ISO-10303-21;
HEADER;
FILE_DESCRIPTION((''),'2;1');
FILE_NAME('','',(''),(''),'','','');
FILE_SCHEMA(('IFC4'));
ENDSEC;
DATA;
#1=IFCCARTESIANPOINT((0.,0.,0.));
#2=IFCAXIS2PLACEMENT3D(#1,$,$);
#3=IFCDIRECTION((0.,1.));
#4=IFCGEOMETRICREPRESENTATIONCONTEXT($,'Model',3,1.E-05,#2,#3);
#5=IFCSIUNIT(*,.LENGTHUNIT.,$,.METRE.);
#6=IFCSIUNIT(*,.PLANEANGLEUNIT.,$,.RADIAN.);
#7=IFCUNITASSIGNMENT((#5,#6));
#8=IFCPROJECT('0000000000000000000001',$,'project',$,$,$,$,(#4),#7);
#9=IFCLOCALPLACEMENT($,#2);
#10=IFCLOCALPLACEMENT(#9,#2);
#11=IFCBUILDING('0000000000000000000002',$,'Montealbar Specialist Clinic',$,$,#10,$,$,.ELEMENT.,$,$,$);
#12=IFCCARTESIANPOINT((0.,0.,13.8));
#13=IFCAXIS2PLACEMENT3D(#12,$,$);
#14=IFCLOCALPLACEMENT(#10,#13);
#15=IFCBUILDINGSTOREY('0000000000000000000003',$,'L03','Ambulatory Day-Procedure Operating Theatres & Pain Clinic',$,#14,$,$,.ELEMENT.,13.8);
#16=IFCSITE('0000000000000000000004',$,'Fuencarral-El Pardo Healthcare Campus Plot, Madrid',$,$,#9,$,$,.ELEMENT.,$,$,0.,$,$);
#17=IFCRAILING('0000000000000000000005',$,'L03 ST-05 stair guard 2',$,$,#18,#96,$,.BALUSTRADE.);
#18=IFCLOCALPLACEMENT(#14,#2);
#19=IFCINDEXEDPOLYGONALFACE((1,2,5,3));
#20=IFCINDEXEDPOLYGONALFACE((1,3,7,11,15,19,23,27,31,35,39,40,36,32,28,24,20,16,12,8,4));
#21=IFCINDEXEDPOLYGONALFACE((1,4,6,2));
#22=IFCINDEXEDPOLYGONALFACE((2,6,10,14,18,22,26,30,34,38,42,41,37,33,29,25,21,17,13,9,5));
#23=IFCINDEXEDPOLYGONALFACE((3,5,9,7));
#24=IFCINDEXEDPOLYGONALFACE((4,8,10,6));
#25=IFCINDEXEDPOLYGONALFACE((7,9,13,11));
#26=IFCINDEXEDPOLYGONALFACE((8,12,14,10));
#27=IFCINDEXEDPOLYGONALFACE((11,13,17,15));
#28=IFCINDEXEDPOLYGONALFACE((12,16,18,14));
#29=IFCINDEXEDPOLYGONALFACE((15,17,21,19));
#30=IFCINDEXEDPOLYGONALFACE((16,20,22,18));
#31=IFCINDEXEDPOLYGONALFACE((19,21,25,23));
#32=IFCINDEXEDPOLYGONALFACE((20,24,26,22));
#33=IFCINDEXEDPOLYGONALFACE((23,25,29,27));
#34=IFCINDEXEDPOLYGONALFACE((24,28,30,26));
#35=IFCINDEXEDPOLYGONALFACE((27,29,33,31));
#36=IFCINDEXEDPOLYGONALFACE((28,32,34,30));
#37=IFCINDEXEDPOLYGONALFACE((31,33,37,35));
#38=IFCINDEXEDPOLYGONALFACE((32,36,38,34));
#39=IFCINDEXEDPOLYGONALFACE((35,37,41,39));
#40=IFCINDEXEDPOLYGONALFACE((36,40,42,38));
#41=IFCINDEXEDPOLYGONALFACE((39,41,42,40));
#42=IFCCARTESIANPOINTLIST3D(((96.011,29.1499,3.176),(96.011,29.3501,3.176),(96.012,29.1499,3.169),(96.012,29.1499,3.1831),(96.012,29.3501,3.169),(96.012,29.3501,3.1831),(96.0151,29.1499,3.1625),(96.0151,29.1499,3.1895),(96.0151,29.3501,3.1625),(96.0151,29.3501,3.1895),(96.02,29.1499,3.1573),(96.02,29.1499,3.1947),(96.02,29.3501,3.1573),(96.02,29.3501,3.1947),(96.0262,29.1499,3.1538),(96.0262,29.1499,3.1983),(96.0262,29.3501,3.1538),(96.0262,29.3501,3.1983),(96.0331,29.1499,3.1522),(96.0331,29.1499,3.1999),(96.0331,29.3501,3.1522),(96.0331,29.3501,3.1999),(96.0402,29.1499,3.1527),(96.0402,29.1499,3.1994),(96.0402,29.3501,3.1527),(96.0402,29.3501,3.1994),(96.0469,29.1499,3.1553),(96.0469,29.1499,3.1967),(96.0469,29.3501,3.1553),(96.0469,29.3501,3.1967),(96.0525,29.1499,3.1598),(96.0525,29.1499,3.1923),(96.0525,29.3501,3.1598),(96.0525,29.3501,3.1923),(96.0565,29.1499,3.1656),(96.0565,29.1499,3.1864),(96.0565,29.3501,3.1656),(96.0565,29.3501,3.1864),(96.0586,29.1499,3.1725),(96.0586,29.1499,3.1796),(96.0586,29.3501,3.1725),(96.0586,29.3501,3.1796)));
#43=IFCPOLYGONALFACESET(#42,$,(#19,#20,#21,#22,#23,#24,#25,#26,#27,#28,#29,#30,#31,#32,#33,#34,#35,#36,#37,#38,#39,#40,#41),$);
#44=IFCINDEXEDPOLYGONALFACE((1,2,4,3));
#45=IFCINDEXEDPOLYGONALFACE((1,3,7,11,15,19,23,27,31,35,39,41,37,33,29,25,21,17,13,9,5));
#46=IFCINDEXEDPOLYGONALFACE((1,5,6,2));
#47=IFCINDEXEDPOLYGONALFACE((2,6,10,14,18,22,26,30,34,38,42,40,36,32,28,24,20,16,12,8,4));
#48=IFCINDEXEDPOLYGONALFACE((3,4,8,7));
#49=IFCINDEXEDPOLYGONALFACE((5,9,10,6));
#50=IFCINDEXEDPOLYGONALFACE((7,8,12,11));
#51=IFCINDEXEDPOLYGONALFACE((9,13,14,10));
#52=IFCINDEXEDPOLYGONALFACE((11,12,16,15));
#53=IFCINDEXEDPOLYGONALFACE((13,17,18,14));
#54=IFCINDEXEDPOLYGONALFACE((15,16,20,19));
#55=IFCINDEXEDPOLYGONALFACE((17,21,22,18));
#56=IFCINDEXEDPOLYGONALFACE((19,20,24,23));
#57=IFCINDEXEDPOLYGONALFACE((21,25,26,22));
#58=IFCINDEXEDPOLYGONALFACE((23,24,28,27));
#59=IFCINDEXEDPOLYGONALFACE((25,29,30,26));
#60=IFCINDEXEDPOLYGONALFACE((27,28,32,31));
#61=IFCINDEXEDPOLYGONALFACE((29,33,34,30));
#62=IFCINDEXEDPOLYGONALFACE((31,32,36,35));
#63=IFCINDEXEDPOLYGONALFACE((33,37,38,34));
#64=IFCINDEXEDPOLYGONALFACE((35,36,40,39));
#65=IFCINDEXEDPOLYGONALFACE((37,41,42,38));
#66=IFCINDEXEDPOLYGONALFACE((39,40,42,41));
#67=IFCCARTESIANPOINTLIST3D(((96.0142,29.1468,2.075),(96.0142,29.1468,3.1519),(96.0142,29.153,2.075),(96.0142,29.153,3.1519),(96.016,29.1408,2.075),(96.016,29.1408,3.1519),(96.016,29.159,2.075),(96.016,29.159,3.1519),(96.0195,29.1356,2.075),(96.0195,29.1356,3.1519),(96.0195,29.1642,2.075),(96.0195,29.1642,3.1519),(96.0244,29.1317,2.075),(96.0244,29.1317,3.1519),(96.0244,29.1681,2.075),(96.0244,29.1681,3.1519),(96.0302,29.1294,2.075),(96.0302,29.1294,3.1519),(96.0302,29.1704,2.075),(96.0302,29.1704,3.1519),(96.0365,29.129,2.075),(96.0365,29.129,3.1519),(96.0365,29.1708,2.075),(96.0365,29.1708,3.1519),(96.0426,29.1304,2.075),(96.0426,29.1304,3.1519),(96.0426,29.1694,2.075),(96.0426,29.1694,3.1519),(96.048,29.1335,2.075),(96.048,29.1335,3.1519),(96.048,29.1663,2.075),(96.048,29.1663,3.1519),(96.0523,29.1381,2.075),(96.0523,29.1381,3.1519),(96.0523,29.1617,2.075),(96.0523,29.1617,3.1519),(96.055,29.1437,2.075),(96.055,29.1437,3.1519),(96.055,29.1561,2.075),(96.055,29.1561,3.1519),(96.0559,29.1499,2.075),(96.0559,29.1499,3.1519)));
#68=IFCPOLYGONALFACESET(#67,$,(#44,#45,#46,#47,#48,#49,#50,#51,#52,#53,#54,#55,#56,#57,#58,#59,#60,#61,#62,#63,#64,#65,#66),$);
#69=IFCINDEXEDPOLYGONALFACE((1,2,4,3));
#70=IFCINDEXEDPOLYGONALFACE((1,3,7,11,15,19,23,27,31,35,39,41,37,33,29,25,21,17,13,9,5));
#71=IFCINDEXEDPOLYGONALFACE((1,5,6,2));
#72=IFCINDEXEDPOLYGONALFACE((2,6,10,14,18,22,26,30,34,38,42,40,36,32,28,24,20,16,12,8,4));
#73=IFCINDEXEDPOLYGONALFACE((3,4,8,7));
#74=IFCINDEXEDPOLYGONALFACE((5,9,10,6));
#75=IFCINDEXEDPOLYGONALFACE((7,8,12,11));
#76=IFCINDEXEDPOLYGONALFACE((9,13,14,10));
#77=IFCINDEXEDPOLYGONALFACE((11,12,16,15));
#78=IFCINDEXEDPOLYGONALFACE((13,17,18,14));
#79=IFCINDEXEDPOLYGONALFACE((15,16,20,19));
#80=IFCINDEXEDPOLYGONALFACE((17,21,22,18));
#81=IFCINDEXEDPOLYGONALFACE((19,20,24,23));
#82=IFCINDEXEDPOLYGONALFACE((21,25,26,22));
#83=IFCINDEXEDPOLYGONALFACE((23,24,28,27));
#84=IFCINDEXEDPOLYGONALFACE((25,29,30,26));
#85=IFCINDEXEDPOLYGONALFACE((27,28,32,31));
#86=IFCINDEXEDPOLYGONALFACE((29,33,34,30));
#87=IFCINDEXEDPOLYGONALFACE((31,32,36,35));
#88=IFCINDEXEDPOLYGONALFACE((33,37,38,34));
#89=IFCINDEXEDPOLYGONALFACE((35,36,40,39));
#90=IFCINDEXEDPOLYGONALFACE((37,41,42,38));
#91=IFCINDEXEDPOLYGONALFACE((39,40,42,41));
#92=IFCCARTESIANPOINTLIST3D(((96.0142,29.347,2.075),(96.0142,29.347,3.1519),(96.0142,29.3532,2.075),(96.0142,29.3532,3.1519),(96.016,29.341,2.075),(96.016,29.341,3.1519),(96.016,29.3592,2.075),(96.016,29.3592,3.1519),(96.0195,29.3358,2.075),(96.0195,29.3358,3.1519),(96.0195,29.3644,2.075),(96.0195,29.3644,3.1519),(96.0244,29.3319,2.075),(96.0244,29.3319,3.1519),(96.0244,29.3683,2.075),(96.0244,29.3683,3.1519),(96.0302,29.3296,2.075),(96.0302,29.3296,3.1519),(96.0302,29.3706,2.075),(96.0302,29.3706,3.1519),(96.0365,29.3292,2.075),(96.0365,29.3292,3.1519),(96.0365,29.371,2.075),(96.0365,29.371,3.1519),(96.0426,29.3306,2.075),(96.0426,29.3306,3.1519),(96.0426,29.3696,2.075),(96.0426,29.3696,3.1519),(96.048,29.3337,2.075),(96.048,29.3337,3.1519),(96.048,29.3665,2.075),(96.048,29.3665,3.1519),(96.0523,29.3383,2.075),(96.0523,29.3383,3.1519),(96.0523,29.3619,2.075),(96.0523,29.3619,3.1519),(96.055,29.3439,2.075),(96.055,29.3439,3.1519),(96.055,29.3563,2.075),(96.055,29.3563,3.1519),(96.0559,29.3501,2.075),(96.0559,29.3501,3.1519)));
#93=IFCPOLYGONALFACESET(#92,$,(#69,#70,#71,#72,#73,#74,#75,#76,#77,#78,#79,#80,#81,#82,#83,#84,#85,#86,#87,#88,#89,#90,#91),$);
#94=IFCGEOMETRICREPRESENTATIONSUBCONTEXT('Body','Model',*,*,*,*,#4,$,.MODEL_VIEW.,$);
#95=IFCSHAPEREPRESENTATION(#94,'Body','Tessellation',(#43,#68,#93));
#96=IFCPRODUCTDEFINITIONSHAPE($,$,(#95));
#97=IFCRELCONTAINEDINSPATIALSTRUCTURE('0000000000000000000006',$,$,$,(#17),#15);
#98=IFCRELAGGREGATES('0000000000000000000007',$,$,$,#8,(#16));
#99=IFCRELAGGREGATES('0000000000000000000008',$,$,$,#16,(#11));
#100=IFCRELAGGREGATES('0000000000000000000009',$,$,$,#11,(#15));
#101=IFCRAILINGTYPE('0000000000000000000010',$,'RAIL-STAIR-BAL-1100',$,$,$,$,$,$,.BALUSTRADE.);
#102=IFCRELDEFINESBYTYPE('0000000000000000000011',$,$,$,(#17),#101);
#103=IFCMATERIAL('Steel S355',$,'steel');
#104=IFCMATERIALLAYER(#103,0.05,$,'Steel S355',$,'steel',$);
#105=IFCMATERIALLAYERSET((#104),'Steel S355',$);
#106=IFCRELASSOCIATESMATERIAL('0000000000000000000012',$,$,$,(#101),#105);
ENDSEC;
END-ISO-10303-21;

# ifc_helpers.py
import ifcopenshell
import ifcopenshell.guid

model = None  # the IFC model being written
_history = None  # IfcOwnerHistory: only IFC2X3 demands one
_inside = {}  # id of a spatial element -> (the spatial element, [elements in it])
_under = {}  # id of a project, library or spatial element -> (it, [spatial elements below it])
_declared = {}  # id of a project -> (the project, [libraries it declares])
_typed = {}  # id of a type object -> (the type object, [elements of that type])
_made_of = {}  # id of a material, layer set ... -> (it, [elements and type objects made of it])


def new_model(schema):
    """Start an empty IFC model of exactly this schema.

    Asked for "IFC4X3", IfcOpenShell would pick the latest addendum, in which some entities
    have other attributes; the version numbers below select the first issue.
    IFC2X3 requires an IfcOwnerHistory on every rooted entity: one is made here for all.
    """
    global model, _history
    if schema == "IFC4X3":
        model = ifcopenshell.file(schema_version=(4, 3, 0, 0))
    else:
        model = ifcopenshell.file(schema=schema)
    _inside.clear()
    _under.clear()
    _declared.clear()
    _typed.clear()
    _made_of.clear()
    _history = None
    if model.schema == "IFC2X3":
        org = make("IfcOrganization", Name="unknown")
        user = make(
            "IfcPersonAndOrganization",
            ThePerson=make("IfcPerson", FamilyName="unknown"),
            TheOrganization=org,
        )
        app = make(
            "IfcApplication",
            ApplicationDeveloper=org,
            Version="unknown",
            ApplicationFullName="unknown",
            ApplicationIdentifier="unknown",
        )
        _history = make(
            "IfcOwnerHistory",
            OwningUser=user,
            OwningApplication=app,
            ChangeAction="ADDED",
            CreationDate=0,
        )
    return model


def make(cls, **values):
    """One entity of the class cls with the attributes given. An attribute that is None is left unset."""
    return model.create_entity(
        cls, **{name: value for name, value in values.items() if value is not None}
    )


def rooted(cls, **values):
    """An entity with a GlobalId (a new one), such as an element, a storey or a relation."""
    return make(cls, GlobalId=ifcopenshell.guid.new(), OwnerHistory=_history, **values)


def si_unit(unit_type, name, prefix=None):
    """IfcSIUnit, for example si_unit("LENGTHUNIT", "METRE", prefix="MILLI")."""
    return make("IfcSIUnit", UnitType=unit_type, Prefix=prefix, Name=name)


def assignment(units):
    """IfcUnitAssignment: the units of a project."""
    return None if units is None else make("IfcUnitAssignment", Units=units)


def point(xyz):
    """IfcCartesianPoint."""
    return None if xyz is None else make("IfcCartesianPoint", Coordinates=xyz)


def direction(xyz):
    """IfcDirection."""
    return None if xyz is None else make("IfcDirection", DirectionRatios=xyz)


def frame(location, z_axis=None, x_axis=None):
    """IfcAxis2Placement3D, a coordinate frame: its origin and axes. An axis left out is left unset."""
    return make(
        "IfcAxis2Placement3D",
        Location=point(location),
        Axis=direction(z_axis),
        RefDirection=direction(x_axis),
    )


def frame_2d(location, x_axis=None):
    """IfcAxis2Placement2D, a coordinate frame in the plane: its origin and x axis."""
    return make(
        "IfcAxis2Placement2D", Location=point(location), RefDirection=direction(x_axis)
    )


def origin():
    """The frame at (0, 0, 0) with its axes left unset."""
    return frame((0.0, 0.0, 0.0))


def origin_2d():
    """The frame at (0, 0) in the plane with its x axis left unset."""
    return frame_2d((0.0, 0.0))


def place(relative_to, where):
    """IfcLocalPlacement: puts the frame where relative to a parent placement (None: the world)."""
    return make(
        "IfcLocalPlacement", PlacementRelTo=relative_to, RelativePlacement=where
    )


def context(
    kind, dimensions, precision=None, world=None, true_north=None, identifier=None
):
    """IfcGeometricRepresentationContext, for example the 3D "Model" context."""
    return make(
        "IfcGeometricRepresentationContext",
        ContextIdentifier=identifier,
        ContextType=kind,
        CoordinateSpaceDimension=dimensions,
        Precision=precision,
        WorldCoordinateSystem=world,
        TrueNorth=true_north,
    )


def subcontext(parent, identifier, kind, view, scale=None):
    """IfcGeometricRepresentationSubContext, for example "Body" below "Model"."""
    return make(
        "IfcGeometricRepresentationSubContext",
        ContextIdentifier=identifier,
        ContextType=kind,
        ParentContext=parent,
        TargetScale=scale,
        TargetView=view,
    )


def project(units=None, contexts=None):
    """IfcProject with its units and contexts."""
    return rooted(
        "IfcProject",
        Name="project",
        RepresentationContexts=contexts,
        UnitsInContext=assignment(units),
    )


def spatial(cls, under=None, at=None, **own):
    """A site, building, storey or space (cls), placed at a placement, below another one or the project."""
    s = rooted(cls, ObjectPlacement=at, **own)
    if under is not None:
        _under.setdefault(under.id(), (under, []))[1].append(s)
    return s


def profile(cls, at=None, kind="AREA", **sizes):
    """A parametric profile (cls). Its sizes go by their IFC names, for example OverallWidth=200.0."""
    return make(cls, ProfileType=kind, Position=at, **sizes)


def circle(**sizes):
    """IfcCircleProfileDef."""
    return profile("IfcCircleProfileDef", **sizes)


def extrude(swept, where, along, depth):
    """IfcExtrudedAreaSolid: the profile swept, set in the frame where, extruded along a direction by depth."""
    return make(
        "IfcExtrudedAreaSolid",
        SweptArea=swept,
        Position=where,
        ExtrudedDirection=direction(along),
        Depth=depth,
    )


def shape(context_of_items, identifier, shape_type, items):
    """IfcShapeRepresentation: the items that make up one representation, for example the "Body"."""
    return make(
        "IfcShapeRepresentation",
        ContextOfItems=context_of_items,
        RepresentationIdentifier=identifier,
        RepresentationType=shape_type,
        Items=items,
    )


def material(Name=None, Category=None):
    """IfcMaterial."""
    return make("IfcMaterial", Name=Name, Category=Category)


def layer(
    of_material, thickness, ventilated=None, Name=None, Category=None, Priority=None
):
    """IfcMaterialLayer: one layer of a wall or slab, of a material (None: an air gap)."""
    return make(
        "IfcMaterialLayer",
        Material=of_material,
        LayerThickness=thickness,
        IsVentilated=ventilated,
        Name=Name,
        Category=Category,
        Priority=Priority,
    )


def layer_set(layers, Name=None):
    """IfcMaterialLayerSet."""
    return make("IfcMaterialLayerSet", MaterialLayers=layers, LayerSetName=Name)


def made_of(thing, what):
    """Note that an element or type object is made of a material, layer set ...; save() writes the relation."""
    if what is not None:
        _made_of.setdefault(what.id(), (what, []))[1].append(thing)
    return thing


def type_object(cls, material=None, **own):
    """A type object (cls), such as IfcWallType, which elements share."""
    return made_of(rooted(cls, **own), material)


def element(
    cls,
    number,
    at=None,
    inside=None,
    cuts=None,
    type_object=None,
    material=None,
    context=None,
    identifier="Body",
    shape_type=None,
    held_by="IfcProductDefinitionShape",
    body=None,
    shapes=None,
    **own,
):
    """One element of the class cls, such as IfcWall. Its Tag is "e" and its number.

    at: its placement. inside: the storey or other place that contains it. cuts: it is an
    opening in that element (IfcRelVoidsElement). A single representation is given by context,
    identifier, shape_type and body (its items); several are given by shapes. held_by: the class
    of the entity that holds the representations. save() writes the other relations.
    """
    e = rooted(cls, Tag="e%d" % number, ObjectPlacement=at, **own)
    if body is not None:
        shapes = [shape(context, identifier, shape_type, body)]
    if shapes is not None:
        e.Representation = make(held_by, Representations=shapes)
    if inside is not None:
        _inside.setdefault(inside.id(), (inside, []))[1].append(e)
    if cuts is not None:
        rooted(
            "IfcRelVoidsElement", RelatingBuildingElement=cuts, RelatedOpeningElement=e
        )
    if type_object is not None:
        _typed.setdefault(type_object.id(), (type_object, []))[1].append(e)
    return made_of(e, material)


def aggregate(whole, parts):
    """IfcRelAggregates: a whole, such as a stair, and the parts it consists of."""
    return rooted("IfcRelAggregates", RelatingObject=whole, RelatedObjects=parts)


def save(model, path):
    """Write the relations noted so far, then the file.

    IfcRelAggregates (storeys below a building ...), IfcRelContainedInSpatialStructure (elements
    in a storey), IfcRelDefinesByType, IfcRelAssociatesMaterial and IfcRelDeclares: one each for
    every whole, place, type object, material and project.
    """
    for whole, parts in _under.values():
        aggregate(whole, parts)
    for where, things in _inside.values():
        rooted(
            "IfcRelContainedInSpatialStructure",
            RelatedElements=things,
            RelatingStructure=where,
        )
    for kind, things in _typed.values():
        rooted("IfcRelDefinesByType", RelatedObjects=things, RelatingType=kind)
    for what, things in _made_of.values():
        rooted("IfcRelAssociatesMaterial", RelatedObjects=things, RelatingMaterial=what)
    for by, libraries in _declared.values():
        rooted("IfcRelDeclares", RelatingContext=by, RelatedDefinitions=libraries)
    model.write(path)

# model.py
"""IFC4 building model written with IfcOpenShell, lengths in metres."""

from ifc_helpers import new_model, si_unit, direction, frame, origin, origin_2d, place, context, subcontext, project, spatial, circle, extrude, material, layer, layer_set, type_object, element, save


model = new_model("IFC4")

# Units and contexts
model_context = context("Model", 3, precision=1e-05, world=origin(), true_north=direction((0.0, 1.0)))
body_context = subcontext(model_context, "Body", "Model", "MODEL_VIEW")
ifc_project = project(units=[si_unit("LENGTHUNIT", "METRE"), si_unit("PLANEANGLEUNIT", "RADIAN")], contexts=[model_context])

# Site, building, storey
site_placement = place(None, origin())
site = spatial("IfcSite", under=ifc_project, at=site_placement, Name="Fuencarral-El Pardo Healthcare Campus Plot, Madrid", CompositionType="ELEMENT", RefElevation=0.0)
building_placement = place(site_placement, origin())
building = spatial("IfcBuilding", under=site, at=building_placement, Name="Montealbar Specialist Clinic", CompositionType="ELEMENT")
storey_placement = place(building_placement, frame((0.0, 0.0, 13.8)))
storey = spatial("IfcBuildingStorey", under=building, at=storey_placement, Name="L03", Description="Ambulatory Day-Procedure Operating Theatres & Pain Clinic", CompositionType="ELEMENT", Elevation=13.8)

# Shared definitions
ifc_material_1 = material(Name="Steel S355", Category="steel")

# Railing
ifc_layer_1 = layer(ifc_material_1, 0.05, Name="Steel S355", Category="steel")
ifc_layer_set_1 = layer_set([ifc_layer_1], Name="Steel S355")
railing_type_1 = type_object("IfcRailingType", Name="RAIL-STAIR-BAL-1100", PredefinedType="BALUSTRADE", material=ifc_layer_set_1)
railing_1_placement = place(storey_placement, frame((96.0349, 29.1499, 2.0999)))
element("IfcRailing", 1, at=railing_1_placement, inside=storey, type_object=railing_type_1, Name="L03 ST-05 stair guard 2", PredefinedType="BALUSTRADE", context=body_context, shape_type="SweptSolid", body=[
    extrude(circle(Radius=0.0239, at=origin_2d()), frame((0.0, 0.0, 1.0762), z_axis=(0.0, 1.0, 0.0), x_axis=(-1.0, 0.0, 0.0)), (0.0, 0.0, 1.0), 0.2002),
    extrude(circle(Radius=0.021, at=origin_2d()), frame((0.0, 0.0, -0.0249)), (0.0, 0.0, 1.0), 1.0769),
    extrude(circle(Radius=0.021, at=origin_2d()), frame((0.0, 0.2002, -0.0249)), (0.0, 0.0, 1.0), 1.0769),
])

save(model, "model.ifc")
